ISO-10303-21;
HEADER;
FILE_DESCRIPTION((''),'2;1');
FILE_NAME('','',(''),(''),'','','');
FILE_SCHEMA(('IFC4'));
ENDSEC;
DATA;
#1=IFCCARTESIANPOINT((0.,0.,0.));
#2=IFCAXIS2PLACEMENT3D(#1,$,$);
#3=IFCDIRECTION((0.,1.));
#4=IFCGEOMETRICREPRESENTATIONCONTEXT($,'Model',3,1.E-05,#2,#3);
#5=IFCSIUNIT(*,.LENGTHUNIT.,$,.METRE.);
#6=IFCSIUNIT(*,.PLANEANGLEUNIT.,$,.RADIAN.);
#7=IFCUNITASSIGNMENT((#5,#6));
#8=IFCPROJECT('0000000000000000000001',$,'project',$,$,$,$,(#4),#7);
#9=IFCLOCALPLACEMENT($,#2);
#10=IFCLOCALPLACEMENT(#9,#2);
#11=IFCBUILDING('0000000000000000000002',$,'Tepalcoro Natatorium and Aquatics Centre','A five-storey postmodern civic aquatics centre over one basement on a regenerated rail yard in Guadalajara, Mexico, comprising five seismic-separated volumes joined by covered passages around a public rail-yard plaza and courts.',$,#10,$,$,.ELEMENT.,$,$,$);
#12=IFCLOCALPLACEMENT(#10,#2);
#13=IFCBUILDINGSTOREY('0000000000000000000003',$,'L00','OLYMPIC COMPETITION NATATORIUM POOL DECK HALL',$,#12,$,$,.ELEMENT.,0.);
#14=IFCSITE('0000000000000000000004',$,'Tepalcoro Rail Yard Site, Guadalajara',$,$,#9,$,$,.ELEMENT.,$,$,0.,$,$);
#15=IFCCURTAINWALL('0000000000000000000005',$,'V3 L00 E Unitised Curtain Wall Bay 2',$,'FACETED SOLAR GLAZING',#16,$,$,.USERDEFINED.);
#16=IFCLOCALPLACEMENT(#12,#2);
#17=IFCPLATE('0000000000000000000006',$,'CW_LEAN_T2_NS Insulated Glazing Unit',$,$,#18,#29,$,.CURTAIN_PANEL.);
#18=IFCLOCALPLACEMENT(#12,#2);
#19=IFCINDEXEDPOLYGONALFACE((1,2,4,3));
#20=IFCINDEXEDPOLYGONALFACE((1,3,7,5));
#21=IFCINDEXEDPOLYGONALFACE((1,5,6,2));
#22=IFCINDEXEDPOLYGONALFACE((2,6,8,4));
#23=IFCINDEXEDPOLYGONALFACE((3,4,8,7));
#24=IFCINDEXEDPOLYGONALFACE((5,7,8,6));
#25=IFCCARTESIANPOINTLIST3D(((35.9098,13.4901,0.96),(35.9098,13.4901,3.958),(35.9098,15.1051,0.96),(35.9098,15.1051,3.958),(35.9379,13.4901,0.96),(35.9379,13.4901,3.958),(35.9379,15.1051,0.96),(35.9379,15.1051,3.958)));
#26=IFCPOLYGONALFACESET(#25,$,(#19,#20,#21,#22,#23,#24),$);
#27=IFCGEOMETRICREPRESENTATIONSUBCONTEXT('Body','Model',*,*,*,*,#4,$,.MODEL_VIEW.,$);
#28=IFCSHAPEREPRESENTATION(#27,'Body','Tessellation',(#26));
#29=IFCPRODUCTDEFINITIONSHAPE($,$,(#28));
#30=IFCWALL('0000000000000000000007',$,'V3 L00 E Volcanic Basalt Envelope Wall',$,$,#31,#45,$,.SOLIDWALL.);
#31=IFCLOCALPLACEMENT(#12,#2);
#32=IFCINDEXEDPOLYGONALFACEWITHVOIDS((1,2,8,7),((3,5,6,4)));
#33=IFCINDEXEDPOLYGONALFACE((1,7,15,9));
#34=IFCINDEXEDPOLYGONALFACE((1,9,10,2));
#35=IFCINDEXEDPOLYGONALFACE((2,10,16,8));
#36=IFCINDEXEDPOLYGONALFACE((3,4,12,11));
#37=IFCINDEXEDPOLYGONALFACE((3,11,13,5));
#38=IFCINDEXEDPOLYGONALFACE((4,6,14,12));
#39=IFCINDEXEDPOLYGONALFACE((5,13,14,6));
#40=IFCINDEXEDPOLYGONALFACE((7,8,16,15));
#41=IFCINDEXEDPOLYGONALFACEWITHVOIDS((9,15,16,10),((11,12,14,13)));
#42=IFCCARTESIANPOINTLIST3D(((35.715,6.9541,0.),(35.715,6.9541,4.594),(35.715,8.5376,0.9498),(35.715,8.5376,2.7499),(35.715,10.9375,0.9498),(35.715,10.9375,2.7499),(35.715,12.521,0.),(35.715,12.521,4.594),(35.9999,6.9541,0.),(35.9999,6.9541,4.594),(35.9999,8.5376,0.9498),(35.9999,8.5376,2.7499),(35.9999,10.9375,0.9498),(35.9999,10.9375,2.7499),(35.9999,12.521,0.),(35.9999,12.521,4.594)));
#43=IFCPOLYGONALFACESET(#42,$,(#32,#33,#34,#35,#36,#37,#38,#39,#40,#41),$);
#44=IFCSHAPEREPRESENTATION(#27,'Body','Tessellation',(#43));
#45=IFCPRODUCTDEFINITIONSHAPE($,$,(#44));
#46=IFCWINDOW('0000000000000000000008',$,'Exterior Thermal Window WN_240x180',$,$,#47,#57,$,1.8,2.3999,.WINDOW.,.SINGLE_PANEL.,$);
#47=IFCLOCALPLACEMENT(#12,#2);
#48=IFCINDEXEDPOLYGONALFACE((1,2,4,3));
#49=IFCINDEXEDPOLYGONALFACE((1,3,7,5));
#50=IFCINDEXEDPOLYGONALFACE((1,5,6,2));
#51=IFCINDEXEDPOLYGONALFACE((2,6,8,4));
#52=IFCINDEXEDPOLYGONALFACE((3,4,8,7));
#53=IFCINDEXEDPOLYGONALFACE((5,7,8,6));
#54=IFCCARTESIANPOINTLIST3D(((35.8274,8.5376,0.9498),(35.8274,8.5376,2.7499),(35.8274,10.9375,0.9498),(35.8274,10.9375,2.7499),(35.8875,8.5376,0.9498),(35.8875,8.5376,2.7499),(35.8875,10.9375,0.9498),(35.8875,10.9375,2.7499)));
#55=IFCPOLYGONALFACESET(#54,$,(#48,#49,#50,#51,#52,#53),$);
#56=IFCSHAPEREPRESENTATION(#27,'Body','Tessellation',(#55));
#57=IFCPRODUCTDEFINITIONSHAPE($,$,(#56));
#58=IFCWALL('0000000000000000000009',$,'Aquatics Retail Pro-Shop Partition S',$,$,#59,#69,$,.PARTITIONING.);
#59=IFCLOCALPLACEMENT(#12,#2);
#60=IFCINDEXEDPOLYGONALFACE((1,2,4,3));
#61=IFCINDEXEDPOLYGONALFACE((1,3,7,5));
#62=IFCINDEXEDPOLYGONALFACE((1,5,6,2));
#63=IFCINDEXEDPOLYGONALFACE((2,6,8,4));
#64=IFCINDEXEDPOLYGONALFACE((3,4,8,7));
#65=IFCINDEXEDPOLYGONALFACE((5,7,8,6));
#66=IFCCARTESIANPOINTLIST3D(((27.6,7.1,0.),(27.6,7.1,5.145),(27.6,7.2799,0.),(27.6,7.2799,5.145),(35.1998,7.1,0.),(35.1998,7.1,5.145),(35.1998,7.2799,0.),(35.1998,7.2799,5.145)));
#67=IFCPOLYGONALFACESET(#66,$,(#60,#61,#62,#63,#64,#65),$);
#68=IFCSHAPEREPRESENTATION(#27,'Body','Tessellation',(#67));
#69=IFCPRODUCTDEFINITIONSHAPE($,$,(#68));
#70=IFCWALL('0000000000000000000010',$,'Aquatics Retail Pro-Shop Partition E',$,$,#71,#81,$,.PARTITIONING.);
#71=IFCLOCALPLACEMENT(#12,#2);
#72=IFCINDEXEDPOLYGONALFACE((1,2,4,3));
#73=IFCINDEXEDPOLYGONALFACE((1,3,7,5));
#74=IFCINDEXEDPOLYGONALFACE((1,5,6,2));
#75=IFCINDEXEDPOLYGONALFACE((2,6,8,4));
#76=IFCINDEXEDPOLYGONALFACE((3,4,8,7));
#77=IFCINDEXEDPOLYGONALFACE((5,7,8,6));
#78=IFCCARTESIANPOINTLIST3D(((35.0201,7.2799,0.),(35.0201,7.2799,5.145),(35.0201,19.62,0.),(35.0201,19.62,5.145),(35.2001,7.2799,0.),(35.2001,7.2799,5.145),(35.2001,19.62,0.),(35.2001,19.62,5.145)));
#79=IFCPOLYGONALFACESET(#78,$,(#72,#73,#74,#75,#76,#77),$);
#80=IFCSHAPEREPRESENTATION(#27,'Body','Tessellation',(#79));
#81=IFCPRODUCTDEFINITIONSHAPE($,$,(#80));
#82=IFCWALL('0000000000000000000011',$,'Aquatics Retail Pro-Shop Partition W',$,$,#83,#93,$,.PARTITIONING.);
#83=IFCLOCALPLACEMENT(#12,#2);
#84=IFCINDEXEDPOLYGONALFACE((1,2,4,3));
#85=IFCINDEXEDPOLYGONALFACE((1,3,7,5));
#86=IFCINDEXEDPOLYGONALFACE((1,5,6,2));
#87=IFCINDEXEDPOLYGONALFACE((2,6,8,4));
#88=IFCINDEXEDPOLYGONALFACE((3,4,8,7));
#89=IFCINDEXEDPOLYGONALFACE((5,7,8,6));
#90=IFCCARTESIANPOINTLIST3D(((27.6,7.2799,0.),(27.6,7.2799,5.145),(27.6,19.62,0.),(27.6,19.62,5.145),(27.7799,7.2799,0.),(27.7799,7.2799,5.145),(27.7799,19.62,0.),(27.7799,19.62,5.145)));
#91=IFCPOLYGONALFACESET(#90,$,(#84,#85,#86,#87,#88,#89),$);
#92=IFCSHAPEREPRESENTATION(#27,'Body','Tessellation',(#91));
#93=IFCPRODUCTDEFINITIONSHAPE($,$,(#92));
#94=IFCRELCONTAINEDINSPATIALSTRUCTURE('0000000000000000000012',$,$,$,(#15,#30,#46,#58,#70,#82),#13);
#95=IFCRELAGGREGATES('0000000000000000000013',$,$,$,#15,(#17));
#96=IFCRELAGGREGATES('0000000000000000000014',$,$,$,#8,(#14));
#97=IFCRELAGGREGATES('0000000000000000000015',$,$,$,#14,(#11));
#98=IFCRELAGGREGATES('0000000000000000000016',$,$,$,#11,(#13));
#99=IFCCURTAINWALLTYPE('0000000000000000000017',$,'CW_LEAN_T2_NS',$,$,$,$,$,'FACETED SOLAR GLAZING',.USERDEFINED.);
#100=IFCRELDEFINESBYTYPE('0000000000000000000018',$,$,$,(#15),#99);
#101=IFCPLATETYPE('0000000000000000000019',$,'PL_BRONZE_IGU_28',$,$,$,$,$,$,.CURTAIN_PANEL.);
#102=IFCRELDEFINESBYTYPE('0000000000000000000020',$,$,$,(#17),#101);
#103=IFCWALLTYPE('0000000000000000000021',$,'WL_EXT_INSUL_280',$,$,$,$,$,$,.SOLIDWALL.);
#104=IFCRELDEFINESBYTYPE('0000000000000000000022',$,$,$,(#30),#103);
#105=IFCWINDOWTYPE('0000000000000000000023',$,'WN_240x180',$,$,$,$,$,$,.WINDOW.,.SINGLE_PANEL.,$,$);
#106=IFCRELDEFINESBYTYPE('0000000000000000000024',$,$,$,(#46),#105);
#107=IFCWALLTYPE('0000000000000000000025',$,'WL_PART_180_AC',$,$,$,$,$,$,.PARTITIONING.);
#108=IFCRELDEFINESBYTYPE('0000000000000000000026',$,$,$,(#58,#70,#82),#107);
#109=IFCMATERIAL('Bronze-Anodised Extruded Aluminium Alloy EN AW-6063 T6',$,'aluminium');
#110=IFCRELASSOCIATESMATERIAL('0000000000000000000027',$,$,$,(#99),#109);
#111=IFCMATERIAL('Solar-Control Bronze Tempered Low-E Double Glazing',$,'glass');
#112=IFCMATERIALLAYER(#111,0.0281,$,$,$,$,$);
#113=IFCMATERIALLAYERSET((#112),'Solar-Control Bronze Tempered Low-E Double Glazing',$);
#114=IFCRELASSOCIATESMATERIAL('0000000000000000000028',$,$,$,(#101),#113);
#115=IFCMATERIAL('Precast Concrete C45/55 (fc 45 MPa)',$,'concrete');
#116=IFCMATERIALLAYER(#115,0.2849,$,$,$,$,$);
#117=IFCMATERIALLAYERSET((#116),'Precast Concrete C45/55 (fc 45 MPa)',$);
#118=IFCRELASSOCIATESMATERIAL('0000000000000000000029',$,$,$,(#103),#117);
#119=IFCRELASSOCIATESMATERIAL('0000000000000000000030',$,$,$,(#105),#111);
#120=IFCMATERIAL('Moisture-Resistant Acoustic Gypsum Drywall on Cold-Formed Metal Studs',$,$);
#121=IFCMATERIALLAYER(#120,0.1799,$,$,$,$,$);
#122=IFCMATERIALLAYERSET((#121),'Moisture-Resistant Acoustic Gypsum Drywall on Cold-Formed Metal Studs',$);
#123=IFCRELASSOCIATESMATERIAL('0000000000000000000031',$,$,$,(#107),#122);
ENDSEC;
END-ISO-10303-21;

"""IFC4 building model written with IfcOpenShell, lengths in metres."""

from ifc_helpers import new_model, si_unit, direction, frame, frame_2d, origin, origin_2d, place, context, subcontext, project, spatial, rectangle, extrude, material, layer, layer_set, type_object, element, fill, aggregate, save


model = new_model("IFC4")

# Units and contexts
model_context = context("Model", 3, precision=1e-05, world=origin(), true_north=direction((0.0, 1.0)))
body_context = subcontext(model_context, "Body", "Model", "MODEL_VIEW")
ifc_project = project(units=[si_unit("LENGTHUNIT", "METRE"), si_unit("PLANEANGLEUNIT", "RADIAN")], contexts=[model_context])

# Site, building, storey
site_placement = place(None, origin())
site = spatial("IfcSite", under=ifc_project, at=site_placement, Name="Tepalcoro Rail Yard Site, Guadalajara", CompositionType="ELEMENT", RefElevation=0.0)
building_placement = place(site_placement, origin())
building = spatial("IfcBuilding", under=site, at=building_placement, Name="Tepalcoro Natatorium and Aquatics Centre", Description="A five-storey postmodern civic aquatics centre over one basement on a regenerated rail yard in Guadalajara, Mexico, comprising five seismic-separated volumes joined by covered passages around a public rail-yard plaza and courts.", CompositionType="ELEMENT")
storey_placement = place(building_placement, origin())
storey = spatial("IfcBuildingStorey", under=building, at=storey_placement, Name="L00", Description="OLYMPIC COMPETITION NATATORIUM POOL DECK HALL", CompositionType="ELEMENT", Elevation=0.0)

# Curtain wall
ifc_material_1 = material(Name="Bronze-Anodised Extruded Aluminium Alloy EN AW-6063 T6", Category="aluminium")
curtain_wall_type = type_object("IfcCurtainWallType", Name="CW_LEAN_T2_NS", ElementType="FACETED SOLAR GLAZING", PredefinedType="USERDEFINED", material=ifc_material_1)
curtain_wall_placement = place(storey_placement, origin())
curtain_wall = element("IfcCurtainWall", 1, at=curtain_wall_placement, inside=storey, type_object=curtain_wall_type, Name="V3 L00 E Unitised Curtain Wall Bay 2", ObjectType="FACETED SOLAR GLAZING", PredefinedType="USERDEFINED")

# Plate
ifc_material_2 = material(Name="Solar-Control Bronze Tempered Low-E Double Glazing", Category="glass")
ifc_layer_1 = layer(ifc_material_2, 0.0281)
ifc_layer_set_1 = layer_set([ifc_layer_1], Name="Solar-Control Bronze Tempered Low-E Double Glazing")
plate_type = type_object("IfcPlateType", Name="PL_BRONZE_IGU_28", PredefinedType="CURTAIN_PANEL", material=ifc_layer_set_1)
plate_placement = place(storey_placement, frame((35.9238, 14.2976, 0.96), z_axis=(0.0, 0.0, 1.0), x_axis=(1.0, 0.0, 0.0)))
plate = element("IfcPlate", 2, at=plate_placement, type_object=plate_type, Name="CW_LEAN_T2_NS Insulated Glazing Unit", PredefinedType="CURTAIN_PANEL", context=body_context, shape_type="SweptSolid", body=[
    extrude(rectangle(XDim=0.0281, YDim=1.615, at=origin_2d()), origin(), (0.0, 0.0, 1.0), 2.998),
])
aggregate(curtain_wall, [plate])

# Wall, opening, window
ifc_material_3 = material(Name="Precast Concrete C45/55 (fc 45 MPa)", Category="concrete")
ifc_layer_2 = layer(ifc_material_3, 0.2849)
ifc_layer_set_2 = layer_set([ifc_layer_2], Name="Precast Concrete C45/55 (fc 45 MPa)")
wall_type_1 = type_object("IfcWallType", Name="WL_EXT_INSUL_280", PredefinedType="SOLIDWALL", material=ifc_layer_set_2)
wall_1_placement = place(storey_placement, frame((35.8574, 6.9541, 0.0), z_axis=(0.0, 0.0, 1.0), x_axis=(0.0, 1.0, 0.0)))
wall_1 = element("IfcWall", 3, at=wall_1_placement, inside=storey, type_object=wall_type_1, Name="V3 L00 E Volcanic Basalt Envelope Wall", PredefinedType="SOLIDWALL", context=body_context, shape_type="SweptSolid", body=[
    extrude(rectangle(XDim=5.5669, YDim=0.2849, at=frame_2d((2.7834, 0.0))), origin(), (0.0, 0.0, 1.0), 4.594),
])
opening_placement = place(wall_1_placement, frame((1.5835, 0.0, 0.95)))
opening = element("IfcOpeningElement", 4, at=opening_placement, cuts=wall_1, PredefinedType="OPENING", context=body_context, shape_type="SweptSolid", body=[
    extrude(rectangle(XDim=2.3999, YDim=1.8, at=frame_2d((1.2, 0.8999))), frame((0.0, 0.1543, 0.0), z_axis=(0.0, -1.0, 0.0), x_axis=(1.0, 0.0, 0.0)), (0.0, 0.0, 1.0), 0.3088),
])
window_type = type_object("IfcWindowType", Name="WN_240x180", PartitioningType="SINGLE_PANEL", PredefinedType="WINDOW", material=ifc_material_2)
window_placement = place(opening_placement, origin())
window = element("IfcWindow", 5, at=window_placement, inside=storey, type_object=window_type, Name="Exterior Thermal Window WN_240x180", OverallHeight=1.8, OverallWidth=2.3999, PartitioningType="SINGLE_PANEL", PredefinedType="WINDOW", context=body_context, shape_type="SweptSolid", body=[
    extrude(rectangle(XDim=2.3999, YDim=1.8, at=frame_2d((1.2, 0.8999))), frame((0.0, 0.03, 0.0), z_axis=(0.0, -1.0, 0.0), x_axis=(1.0, 0.0, 0.0)), (0.0, 0.0, 1.0), 0.0601),
])
fill(opening, window)

# Walls
ifc_material_4 = material(Name="Moisture-Resistant Acoustic Gypsum Drywall on Cold-Formed Metal Studs")
ifc_layer_3 = layer(ifc_material_4, 0.1799)
ifc_layer_set_3 = layer_set([ifc_layer_3], Name="Moisture-Resistant Acoustic Gypsum Drywall on Cold-Formed Metal Studs")
wall_type_2 = type_object("IfcWallType", Name="WL_PART_180_AC", PredefinedType="PARTITIONING", material=ifc_layer_set_3)
wall_2_placement = place(storey_placement, frame((27.6001, 7.1899, 0.0), z_axis=(0.0, 0.0, 1.0), x_axis=(1.0, 0.0, 0.0)))
element("IfcWall", 6, at=wall_2_placement, inside=storey, type_object=wall_type_2, Name="Aquatics Retail Pro-Shop Partition S", PredefinedType="PARTITIONING", context=body_context, shape_type="SweptSolid", body=[
    extrude(rectangle(XDim=7.5999, YDim=0.1799, at=frame_2d((3.7998, 0.0))), origin(), (0.0, 0.0, 1.0), 5.145),
])
for number, where, z_axis, x_axis, name in (
    (7, (35.1101, 7.28, 0.0), (0.0, 0.0, 1.0), (0.0, 1.0, 0.0), "Aquatics Retail Pro-Shop Partition E"),
    (8, (27.6899, 7.28, 0.0), (0.0, 0.0, 1.0), (0.0, 1.0, 0.0), "Aquatics Retail Pro-Shop Partition W"),
):
    element("IfcWall", number, at=place(storey_placement, frame(where, z_axis=z_axis, x_axis=x_axis)), inside=storey, type_object=wall_type_2, Name=name, PredefinedType="PARTITIONING", context=body_context, shape_type="SweptSolid", body=[
        extrude(rectangle(XDim=12.3401, YDim=0.1799, at=frame_2d((6.1699, 0.0))), origin(), (0.0, 0.0, 1.0), 5.145),
    ])

save(model, "model.ifc")
